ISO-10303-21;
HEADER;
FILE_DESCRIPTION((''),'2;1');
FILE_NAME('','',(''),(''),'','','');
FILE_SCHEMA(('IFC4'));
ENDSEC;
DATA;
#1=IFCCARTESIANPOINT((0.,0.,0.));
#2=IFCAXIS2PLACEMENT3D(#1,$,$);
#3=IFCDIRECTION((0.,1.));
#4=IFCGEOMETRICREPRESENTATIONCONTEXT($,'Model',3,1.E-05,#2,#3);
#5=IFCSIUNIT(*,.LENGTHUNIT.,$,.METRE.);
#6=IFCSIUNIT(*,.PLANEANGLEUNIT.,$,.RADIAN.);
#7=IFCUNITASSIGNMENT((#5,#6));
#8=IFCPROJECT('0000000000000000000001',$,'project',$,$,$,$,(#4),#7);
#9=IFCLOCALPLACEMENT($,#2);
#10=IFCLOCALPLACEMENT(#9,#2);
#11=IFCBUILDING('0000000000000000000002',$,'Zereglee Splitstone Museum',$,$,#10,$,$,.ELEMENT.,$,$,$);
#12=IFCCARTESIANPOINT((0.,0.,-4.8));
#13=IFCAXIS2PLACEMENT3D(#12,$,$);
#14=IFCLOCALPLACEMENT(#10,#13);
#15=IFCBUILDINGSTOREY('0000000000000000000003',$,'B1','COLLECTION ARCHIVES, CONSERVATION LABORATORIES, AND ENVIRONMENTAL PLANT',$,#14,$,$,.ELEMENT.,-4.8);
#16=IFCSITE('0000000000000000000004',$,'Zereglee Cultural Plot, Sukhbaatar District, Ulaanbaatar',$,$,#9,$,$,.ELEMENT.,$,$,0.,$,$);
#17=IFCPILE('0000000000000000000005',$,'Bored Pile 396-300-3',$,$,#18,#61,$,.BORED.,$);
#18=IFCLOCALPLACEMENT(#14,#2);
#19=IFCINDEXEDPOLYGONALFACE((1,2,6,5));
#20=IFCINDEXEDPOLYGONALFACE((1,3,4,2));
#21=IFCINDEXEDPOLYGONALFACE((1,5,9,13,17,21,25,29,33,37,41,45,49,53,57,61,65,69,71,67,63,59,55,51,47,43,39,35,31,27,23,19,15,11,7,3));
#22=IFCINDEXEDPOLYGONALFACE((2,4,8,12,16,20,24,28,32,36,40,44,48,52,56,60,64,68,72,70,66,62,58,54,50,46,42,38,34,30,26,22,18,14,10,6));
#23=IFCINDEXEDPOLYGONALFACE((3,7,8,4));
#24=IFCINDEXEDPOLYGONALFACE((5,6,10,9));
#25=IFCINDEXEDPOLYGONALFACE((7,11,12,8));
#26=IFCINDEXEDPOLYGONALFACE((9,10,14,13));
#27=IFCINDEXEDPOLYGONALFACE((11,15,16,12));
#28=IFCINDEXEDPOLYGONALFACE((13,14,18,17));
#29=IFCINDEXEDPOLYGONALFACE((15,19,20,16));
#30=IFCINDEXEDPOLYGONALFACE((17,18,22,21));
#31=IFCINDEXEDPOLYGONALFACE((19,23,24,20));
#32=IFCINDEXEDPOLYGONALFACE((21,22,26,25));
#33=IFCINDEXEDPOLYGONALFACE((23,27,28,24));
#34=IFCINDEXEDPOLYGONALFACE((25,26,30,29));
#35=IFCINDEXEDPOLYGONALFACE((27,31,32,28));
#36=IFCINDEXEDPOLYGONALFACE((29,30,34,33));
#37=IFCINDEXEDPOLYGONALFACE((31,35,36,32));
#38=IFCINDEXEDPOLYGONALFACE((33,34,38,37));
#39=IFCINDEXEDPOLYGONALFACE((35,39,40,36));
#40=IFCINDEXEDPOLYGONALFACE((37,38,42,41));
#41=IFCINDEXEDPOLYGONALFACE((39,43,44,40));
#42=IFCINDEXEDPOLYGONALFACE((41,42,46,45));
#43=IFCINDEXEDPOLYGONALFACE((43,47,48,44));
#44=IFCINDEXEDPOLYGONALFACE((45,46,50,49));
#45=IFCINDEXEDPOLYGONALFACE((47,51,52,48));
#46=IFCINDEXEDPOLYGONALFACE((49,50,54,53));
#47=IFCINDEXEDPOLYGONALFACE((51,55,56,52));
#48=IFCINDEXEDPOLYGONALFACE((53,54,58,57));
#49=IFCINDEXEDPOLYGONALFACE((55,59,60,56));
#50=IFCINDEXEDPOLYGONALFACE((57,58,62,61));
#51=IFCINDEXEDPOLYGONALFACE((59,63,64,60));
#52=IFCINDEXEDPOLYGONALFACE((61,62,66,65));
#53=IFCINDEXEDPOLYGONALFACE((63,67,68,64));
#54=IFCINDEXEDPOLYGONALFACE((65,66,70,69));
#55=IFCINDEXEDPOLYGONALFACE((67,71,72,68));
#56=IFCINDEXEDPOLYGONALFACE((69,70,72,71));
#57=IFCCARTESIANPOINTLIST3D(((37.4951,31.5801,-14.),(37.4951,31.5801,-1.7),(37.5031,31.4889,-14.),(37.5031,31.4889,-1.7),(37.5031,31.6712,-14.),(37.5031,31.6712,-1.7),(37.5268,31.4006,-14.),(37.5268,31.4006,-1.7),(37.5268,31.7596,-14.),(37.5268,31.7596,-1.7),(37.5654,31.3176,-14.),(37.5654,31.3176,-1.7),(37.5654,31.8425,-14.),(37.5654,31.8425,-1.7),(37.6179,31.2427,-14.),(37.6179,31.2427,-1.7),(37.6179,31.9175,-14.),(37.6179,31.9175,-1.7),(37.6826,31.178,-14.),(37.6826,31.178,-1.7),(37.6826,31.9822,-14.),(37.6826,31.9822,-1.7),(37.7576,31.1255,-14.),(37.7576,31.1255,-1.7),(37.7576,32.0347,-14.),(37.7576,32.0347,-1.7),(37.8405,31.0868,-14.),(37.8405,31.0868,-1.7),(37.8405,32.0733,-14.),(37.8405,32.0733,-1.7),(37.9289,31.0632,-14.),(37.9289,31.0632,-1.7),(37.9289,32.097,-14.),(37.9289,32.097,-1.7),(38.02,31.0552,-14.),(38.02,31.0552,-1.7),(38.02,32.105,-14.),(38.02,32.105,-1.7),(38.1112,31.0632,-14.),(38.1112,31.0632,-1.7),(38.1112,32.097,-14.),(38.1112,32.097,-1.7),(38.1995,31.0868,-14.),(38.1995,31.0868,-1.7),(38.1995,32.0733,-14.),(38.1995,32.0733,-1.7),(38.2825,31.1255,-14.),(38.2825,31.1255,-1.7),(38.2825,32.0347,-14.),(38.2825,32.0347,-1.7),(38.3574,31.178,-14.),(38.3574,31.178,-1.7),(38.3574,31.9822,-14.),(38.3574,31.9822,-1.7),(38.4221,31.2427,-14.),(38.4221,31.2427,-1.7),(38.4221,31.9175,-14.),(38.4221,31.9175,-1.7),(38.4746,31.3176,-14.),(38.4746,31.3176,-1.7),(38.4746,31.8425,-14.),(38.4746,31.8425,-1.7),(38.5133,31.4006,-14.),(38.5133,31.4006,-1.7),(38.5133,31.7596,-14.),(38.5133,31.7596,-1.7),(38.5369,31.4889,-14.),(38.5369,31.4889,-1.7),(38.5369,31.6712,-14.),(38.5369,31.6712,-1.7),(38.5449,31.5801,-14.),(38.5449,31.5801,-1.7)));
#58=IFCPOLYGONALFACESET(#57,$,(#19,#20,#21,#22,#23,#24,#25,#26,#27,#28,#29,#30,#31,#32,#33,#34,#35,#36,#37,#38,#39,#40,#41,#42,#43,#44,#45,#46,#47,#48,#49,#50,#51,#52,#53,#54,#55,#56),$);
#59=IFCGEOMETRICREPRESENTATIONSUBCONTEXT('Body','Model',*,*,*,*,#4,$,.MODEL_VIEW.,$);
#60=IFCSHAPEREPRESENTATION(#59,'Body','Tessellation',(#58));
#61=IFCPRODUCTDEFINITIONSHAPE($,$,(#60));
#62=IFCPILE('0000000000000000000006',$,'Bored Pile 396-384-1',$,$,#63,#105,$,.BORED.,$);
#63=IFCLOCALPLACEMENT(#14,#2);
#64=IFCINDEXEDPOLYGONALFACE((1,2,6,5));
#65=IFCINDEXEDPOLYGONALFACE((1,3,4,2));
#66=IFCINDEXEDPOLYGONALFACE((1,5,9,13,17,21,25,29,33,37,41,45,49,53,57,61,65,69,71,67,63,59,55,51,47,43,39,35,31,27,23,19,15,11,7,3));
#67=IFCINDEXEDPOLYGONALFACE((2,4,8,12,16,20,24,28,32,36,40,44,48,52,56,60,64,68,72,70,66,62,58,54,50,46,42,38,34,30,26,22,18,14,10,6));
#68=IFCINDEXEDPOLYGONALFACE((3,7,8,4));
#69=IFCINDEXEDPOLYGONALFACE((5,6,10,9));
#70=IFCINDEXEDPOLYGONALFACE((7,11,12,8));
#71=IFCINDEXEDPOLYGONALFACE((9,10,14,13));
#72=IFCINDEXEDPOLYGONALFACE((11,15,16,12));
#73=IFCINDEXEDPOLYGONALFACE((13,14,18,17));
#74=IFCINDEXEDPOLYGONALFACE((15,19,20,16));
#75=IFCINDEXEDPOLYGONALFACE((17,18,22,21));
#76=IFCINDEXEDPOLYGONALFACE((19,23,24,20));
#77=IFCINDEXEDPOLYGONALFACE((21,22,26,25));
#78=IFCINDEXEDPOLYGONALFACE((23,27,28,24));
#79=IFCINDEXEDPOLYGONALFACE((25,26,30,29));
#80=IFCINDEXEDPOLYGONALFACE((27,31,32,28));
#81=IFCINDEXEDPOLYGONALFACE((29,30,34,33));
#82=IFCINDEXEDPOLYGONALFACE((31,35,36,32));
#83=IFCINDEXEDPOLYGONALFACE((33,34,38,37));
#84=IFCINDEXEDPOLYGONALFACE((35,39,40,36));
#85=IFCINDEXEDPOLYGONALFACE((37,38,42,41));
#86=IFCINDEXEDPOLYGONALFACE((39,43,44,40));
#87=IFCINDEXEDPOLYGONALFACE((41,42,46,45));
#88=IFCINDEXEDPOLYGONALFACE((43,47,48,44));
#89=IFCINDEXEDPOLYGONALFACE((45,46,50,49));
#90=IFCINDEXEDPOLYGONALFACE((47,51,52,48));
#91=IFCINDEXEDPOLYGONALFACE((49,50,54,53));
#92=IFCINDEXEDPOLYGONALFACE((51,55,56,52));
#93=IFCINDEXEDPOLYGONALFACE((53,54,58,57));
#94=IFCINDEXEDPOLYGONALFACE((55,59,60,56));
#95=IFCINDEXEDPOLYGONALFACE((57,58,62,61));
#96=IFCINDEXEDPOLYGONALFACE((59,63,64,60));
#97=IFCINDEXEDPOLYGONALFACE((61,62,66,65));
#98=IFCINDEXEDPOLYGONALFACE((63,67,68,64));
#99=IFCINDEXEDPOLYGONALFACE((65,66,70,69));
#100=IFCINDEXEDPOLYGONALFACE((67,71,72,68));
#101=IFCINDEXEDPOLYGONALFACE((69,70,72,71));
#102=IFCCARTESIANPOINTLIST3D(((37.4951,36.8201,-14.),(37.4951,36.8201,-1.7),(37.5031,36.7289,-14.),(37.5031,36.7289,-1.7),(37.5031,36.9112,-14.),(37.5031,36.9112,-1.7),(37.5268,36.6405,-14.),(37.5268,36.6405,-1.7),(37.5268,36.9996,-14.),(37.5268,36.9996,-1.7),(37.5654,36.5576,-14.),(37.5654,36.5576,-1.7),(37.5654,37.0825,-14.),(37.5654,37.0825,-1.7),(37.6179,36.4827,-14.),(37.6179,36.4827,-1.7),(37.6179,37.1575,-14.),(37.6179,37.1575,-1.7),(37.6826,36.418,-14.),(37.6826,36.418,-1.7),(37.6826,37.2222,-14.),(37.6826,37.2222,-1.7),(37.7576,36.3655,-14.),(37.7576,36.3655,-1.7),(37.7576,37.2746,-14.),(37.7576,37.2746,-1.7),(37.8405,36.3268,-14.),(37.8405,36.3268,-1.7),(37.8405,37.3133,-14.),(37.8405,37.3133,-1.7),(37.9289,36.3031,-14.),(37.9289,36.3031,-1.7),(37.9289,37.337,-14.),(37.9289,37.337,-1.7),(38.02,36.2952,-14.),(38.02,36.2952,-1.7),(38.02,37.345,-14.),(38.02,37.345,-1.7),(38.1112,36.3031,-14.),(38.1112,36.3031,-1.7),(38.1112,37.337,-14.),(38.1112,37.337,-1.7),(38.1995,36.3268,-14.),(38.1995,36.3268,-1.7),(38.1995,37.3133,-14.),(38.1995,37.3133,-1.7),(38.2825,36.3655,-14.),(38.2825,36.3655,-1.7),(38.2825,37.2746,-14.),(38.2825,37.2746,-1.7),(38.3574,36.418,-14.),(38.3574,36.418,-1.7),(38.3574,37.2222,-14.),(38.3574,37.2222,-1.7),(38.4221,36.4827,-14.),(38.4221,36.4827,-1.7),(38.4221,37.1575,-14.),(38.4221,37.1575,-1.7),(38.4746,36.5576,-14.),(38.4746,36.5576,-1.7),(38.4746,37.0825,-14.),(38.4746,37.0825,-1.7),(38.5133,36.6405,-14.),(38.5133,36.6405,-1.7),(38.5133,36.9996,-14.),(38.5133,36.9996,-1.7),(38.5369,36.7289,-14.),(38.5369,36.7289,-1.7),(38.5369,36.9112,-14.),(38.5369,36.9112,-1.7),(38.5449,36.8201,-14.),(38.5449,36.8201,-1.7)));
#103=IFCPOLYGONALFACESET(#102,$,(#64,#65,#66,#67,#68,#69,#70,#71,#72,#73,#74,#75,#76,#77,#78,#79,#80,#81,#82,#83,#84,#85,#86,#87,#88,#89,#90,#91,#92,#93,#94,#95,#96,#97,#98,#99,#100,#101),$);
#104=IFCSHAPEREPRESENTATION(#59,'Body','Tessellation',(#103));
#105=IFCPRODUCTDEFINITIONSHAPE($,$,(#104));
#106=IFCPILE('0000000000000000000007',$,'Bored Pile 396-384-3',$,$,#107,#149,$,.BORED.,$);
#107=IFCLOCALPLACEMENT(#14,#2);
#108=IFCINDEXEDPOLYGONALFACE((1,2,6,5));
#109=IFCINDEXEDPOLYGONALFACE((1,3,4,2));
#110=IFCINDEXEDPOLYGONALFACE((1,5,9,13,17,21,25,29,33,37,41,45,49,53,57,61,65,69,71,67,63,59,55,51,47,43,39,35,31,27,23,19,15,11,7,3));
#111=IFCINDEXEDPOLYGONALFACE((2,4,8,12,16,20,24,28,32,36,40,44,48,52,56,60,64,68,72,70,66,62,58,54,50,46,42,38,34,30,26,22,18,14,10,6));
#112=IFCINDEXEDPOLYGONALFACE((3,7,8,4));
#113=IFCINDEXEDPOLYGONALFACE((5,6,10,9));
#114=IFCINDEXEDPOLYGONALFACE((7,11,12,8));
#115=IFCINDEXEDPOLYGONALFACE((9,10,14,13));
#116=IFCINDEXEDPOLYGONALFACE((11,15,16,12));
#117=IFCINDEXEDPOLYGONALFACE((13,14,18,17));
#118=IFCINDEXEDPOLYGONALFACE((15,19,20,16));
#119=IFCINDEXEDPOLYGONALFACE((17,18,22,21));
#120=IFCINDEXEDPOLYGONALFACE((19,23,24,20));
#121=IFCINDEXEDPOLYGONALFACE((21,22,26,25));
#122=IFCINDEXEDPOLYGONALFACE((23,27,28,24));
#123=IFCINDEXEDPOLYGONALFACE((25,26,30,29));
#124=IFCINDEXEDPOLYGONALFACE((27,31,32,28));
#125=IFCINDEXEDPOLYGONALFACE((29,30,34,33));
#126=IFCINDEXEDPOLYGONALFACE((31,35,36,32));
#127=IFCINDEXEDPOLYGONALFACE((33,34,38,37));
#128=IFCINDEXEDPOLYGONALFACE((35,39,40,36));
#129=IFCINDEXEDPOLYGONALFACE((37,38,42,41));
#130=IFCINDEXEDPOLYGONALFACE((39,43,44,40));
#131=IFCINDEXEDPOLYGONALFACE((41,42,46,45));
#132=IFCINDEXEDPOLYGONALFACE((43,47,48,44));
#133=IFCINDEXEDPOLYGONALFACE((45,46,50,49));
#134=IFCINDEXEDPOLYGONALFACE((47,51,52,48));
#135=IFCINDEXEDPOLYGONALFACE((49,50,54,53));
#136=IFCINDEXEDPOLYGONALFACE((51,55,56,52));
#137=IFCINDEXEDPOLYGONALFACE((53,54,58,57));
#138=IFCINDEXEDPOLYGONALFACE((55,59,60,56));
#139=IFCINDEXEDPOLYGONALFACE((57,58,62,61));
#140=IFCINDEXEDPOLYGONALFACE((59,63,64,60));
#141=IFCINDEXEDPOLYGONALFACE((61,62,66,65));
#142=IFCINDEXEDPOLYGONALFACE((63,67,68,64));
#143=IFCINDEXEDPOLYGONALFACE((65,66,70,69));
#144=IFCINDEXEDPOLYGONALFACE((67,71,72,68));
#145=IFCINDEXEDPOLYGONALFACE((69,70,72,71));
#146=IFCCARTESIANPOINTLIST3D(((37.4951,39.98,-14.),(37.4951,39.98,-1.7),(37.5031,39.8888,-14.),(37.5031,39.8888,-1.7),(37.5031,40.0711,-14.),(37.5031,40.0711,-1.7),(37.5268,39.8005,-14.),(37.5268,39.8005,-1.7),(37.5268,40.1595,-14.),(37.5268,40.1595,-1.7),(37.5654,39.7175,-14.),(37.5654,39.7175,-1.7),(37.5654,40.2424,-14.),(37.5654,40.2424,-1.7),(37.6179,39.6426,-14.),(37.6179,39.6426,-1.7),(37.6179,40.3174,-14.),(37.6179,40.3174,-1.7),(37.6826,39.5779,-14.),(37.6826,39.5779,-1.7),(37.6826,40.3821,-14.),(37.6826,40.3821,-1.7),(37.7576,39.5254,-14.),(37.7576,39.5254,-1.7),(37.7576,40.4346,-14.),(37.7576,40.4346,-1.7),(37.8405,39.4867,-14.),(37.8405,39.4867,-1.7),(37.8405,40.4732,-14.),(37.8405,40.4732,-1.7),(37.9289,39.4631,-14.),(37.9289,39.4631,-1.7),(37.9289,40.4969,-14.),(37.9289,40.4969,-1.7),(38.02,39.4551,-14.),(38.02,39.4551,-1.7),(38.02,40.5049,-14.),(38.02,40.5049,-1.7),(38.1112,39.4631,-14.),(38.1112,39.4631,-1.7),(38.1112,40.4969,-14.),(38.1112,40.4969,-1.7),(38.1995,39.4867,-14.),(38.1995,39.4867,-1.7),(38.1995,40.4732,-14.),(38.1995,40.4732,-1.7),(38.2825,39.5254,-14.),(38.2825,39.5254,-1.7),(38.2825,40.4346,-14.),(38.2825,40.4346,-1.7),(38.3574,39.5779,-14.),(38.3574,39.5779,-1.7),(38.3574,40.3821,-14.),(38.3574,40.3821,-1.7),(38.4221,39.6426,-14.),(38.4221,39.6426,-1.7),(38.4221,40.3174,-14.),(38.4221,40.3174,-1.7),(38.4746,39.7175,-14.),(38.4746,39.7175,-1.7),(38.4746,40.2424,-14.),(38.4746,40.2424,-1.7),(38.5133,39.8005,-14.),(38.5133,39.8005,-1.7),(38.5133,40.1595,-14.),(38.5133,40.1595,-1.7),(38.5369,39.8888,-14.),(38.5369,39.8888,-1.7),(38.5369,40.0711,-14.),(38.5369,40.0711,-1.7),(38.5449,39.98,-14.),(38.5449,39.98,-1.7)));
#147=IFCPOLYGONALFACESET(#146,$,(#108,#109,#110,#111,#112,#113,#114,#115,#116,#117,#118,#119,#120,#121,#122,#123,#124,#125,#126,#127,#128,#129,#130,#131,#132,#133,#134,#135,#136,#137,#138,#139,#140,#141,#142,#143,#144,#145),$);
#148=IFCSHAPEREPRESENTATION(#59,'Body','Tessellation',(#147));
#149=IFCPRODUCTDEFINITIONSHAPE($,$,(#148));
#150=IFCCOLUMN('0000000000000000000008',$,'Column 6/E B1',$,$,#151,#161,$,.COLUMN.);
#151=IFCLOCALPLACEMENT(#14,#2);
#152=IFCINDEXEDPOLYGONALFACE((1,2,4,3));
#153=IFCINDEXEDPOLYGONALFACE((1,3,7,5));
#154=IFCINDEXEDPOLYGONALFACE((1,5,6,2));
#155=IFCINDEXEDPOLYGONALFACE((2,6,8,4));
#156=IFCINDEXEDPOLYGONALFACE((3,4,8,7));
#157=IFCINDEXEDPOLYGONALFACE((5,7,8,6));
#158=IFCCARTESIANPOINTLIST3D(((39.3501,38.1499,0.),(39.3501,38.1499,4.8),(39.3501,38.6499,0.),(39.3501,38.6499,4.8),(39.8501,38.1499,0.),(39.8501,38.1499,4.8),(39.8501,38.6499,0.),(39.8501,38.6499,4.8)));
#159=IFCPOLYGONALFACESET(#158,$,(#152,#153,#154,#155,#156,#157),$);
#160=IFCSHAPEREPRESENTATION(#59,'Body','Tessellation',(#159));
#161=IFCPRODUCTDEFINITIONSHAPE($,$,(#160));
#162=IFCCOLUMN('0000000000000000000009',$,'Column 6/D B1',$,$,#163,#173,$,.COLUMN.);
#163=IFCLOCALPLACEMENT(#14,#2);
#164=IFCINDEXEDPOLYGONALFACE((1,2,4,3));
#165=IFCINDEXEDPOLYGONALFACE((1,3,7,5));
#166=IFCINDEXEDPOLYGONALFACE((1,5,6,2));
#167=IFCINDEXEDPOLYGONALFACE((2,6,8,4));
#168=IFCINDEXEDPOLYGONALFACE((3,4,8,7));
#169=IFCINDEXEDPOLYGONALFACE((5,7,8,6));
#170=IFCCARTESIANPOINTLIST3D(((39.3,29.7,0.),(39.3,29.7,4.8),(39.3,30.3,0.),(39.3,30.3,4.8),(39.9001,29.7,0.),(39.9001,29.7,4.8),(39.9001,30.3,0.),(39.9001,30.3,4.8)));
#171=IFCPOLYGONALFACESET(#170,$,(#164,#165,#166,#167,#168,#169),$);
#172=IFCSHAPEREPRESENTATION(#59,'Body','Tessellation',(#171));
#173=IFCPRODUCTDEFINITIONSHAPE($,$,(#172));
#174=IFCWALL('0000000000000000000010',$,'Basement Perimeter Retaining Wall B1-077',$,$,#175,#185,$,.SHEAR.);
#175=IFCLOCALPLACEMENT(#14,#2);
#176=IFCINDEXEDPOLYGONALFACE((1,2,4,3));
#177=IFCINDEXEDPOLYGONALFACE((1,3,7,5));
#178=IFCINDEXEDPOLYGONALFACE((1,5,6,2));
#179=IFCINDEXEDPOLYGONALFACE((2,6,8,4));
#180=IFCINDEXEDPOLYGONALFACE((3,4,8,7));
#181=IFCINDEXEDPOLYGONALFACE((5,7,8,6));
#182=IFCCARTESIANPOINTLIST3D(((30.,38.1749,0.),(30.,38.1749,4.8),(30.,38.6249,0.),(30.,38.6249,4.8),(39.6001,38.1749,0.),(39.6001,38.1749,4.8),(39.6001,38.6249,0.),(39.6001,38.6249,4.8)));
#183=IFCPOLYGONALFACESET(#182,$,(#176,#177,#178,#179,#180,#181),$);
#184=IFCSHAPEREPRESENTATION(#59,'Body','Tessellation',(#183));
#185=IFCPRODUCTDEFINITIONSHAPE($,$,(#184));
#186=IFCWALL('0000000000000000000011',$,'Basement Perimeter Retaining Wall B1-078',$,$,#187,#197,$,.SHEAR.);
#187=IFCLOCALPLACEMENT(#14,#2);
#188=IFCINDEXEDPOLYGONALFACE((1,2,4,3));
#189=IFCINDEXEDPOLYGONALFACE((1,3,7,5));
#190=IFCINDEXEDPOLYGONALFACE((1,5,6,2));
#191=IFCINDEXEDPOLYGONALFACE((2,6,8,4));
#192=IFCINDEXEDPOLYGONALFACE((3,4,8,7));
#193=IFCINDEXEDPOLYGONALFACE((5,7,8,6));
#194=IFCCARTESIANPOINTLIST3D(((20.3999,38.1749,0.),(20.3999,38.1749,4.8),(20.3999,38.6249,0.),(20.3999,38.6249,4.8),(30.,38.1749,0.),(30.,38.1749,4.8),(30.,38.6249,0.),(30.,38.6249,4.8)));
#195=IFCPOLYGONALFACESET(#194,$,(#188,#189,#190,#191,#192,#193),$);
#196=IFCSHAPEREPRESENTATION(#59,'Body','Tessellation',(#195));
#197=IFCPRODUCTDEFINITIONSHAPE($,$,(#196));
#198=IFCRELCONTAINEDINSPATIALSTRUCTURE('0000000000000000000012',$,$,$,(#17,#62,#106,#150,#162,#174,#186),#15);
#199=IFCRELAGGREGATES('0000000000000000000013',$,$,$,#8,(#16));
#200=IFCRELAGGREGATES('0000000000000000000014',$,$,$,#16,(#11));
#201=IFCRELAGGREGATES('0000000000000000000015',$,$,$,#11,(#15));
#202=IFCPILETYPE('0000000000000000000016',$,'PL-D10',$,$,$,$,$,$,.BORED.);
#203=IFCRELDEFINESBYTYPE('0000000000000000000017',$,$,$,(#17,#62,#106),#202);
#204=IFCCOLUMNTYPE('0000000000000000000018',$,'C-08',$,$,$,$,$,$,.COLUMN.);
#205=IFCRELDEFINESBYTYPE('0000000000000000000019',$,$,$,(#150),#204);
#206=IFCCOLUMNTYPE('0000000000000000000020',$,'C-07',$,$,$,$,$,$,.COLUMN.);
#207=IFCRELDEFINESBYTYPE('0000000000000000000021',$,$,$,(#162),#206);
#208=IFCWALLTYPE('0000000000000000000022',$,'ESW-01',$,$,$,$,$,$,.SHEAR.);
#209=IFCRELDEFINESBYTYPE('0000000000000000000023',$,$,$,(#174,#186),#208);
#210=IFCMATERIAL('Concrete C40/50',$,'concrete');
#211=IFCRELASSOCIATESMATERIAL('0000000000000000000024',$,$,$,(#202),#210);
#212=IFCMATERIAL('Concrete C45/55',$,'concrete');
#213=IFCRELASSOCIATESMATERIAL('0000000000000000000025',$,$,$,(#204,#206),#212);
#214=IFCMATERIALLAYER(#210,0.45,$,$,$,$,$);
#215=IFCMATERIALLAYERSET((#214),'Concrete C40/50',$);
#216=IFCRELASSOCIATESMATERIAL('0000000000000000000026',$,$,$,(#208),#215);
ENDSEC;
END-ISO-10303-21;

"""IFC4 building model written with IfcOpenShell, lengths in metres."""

from ifc_helpers import new_model, si_unit, direction, frame, frame_2d, origin, origin_2d, place, context, subcontext, project, spatial, rectangle, circle, extrude, material, layer, layer_set, material_profile, profile_set, type_object, element, save


model = new_model("IFC4")

# Units and contexts
model_context = context("Model", 3, precision=1e-05, world=origin(), true_north=direction((0.0, 1.0)))
body_context = subcontext(model_context, "Body", "Model", "MODEL_VIEW")
ifc_project = project(units=[si_unit("LENGTHUNIT", "METRE"), si_unit("PLANEANGLEUNIT", "RADIAN")], contexts=[model_context])

# Site, building, storey
site_placement = place(None, origin())
site = spatial("IfcSite", under=ifc_project, at=site_placement, Name="Zereglee Cultural Plot, Sukhbaatar District, Ulaanbaatar", CompositionType="ELEMENT", RefElevation=0.0)
building_placement = place(site_placement, origin())
building = spatial("IfcBuilding", under=site, at=building_placement, Name="Zereglee Splitstone Museum", CompositionType="ELEMENT")
storey_placement = place(building_placement, frame((0.0, 0.0, -4.8)))
storey = spatial("IfcBuildingStorey", under=building, at=storey_placement, Name="B1", Description="COLLECTION ARCHIVES, CONSERVATION LABORATORIES, AND ENVIRONMENTAL PLANT", CompositionType="ELEMENT", Elevation=-4.8)

# Shared definitions
ifc_material_1 = material(Name="Concrete C40/50", Category="concrete")

# Piles
ifc_material_profile_1 = material_profile(ifc_material_1, circle(Radius=0.5249, at=origin_2d()), Name="PILE D1050")
ifc_profile_set_1 = profile_set([ifc_material_profile_1], Name="Concrete C40/50")
pile_type = type_object("IfcPileType", Name="PL-D10", PredefinedType="BORED", material=ifc_profile_set_1)
for number, where, z_axis, x_axis, name in (
    (1, (38.02, 31.5801, -1.7), (0.0, 0.0, -1.0), (1.0, 0.0, 0.0), "Bored Pile 396-300-3"),
    (2, (38.02, 36.8201, -1.7), (0.0, 0.0, -1.0), (1.0, 0.0, 0.0), "Bored Pile 396-384-1"),
    (3, (38.02, 39.98, -1.7), (0.0, 0.0, -1.0), (1.0, 0.0, 0.0), "Bored Pile 396-384-3"),
):
    element("IfcPile", number, at=place(storey_placement, frame(where, z_axis=z_axis, x_axis=x_axis)), inside=storey, type_object=pile_type, Name=name, PredefinedType="BORED", context=body_context, shape_type="SweptSolid", body=[
        extrude(circle(Radius=0.5249, at=origin_2d()), origin(), (0.0, 0.0, 1.0), 12.3),
    ])

# Columns
ifc_material_2 = material(Name="Concrete C45/55", Category="concrete")
ifc_material_profile_2 = material_profile(ifc_material_2, rectangle(XDim=0.5, YDim=0.5, at=origin_2d()), Name="RC 500x500")
ifc_profile_set_2 = profile_set([ifc_material_profile_2], Name="Concrete C45/55")
column_type_1 = type_object("IfcColumnType", Name="C-08", PredefinedType="COLUMN", material=ifc_profile_set_2)
column_1_placement = place(storey_placement, frame((39.6001, 38.3999, 0.0), z_axis=(0.0, 0.0, 1.0), x_axis=(1.0, 0.0, 0.0)))
element("IfcColumn", 4, at=column_1_placement, inside=storey, type_object=column_type_1, Name="Column 6/E B1", PredefinedType="COLUMN", context=body_context, shape_type="SweptSolid", body=[
    extrude(rectangle(XDim=0.5, YDim=0.5, at=origin_2d()), origin(), (0.0, 0.0, 1.0), 4.8),
])
ifc_material_profile_3 = material_profile(ifc_material_2, rectangle(XDim=0.6001, YDim=0.6001, at=origin_2d()), Name="RC 600x600")
ifc_profile_set_3 = profile_set([ifc_material_profile_3], Name="Concrete C45/55")
column_type_2 = type_object("IfcColumnType", Name="C-07", PredefinedType="COLUMN", material=ifc_profile_set_3)
column_2_placement = place(storey_placement, frame((39.6001, 30.0, 0.0), z_axis=(0.0, 0.0, 1.0), x_axis=(1.0, 0.0, 0.0)))
element("IfcColumn", 5, at=column_2_placement, inside=storey, type_object=column_type_2, Name="Column 6/D B1", PredefinedType="COLUMN", context=body_context, shape_type="SweptSolid", body=[
    extrude(rectangle(XDim=0.6001, YDim=0.6001, at=origin_2d()), origin(), (0.0, 0.0, 1.0), 4.8),
])

# Walls
ifc_layer_1 = layer(ifc_material_1, 0.45)
ifc_layer_set_1 = layer_set([ifc_layer_1], Name="Concrete C40/50")
wall_type_1 = type_object("IfcWallType", Name="ESW-01", PredefinedType="SHEAR", material=ifc_layer_set_1)
for number, where, z_axis, x_axis, name in (
    (6, (39.6001, 38.3999, 0.0), (0.0, 0.0, 1.0), (-1.0, 0.0, 0.0), "Basement Perimeter Retaining Wall B1-077"),
    (7, (30.0, 38.3999, 0.0), (0.0, 0.0, 1.0), (-1.0, 0.0, 0.0), "Basement Perimeter Retaining Wall B1-078"),
):
    element("IfcWall", number, at=place(storey_placement, frame(where, z_axis=z_axis, x_axis=x_axis)), inside=storey, type_object=wall_type_1, Name=name, PredefinedType="SHEAR", context=body_context, shape_type="SweptSolid", body=[
        extrude(rectangle(XDim=9.6001, YDim=0.45, at=frame_2d((4.8, 0.0))), origin(), (0.0, 0.0, 1.0), 4.8),
    ])

save(model, "model.ifc")
